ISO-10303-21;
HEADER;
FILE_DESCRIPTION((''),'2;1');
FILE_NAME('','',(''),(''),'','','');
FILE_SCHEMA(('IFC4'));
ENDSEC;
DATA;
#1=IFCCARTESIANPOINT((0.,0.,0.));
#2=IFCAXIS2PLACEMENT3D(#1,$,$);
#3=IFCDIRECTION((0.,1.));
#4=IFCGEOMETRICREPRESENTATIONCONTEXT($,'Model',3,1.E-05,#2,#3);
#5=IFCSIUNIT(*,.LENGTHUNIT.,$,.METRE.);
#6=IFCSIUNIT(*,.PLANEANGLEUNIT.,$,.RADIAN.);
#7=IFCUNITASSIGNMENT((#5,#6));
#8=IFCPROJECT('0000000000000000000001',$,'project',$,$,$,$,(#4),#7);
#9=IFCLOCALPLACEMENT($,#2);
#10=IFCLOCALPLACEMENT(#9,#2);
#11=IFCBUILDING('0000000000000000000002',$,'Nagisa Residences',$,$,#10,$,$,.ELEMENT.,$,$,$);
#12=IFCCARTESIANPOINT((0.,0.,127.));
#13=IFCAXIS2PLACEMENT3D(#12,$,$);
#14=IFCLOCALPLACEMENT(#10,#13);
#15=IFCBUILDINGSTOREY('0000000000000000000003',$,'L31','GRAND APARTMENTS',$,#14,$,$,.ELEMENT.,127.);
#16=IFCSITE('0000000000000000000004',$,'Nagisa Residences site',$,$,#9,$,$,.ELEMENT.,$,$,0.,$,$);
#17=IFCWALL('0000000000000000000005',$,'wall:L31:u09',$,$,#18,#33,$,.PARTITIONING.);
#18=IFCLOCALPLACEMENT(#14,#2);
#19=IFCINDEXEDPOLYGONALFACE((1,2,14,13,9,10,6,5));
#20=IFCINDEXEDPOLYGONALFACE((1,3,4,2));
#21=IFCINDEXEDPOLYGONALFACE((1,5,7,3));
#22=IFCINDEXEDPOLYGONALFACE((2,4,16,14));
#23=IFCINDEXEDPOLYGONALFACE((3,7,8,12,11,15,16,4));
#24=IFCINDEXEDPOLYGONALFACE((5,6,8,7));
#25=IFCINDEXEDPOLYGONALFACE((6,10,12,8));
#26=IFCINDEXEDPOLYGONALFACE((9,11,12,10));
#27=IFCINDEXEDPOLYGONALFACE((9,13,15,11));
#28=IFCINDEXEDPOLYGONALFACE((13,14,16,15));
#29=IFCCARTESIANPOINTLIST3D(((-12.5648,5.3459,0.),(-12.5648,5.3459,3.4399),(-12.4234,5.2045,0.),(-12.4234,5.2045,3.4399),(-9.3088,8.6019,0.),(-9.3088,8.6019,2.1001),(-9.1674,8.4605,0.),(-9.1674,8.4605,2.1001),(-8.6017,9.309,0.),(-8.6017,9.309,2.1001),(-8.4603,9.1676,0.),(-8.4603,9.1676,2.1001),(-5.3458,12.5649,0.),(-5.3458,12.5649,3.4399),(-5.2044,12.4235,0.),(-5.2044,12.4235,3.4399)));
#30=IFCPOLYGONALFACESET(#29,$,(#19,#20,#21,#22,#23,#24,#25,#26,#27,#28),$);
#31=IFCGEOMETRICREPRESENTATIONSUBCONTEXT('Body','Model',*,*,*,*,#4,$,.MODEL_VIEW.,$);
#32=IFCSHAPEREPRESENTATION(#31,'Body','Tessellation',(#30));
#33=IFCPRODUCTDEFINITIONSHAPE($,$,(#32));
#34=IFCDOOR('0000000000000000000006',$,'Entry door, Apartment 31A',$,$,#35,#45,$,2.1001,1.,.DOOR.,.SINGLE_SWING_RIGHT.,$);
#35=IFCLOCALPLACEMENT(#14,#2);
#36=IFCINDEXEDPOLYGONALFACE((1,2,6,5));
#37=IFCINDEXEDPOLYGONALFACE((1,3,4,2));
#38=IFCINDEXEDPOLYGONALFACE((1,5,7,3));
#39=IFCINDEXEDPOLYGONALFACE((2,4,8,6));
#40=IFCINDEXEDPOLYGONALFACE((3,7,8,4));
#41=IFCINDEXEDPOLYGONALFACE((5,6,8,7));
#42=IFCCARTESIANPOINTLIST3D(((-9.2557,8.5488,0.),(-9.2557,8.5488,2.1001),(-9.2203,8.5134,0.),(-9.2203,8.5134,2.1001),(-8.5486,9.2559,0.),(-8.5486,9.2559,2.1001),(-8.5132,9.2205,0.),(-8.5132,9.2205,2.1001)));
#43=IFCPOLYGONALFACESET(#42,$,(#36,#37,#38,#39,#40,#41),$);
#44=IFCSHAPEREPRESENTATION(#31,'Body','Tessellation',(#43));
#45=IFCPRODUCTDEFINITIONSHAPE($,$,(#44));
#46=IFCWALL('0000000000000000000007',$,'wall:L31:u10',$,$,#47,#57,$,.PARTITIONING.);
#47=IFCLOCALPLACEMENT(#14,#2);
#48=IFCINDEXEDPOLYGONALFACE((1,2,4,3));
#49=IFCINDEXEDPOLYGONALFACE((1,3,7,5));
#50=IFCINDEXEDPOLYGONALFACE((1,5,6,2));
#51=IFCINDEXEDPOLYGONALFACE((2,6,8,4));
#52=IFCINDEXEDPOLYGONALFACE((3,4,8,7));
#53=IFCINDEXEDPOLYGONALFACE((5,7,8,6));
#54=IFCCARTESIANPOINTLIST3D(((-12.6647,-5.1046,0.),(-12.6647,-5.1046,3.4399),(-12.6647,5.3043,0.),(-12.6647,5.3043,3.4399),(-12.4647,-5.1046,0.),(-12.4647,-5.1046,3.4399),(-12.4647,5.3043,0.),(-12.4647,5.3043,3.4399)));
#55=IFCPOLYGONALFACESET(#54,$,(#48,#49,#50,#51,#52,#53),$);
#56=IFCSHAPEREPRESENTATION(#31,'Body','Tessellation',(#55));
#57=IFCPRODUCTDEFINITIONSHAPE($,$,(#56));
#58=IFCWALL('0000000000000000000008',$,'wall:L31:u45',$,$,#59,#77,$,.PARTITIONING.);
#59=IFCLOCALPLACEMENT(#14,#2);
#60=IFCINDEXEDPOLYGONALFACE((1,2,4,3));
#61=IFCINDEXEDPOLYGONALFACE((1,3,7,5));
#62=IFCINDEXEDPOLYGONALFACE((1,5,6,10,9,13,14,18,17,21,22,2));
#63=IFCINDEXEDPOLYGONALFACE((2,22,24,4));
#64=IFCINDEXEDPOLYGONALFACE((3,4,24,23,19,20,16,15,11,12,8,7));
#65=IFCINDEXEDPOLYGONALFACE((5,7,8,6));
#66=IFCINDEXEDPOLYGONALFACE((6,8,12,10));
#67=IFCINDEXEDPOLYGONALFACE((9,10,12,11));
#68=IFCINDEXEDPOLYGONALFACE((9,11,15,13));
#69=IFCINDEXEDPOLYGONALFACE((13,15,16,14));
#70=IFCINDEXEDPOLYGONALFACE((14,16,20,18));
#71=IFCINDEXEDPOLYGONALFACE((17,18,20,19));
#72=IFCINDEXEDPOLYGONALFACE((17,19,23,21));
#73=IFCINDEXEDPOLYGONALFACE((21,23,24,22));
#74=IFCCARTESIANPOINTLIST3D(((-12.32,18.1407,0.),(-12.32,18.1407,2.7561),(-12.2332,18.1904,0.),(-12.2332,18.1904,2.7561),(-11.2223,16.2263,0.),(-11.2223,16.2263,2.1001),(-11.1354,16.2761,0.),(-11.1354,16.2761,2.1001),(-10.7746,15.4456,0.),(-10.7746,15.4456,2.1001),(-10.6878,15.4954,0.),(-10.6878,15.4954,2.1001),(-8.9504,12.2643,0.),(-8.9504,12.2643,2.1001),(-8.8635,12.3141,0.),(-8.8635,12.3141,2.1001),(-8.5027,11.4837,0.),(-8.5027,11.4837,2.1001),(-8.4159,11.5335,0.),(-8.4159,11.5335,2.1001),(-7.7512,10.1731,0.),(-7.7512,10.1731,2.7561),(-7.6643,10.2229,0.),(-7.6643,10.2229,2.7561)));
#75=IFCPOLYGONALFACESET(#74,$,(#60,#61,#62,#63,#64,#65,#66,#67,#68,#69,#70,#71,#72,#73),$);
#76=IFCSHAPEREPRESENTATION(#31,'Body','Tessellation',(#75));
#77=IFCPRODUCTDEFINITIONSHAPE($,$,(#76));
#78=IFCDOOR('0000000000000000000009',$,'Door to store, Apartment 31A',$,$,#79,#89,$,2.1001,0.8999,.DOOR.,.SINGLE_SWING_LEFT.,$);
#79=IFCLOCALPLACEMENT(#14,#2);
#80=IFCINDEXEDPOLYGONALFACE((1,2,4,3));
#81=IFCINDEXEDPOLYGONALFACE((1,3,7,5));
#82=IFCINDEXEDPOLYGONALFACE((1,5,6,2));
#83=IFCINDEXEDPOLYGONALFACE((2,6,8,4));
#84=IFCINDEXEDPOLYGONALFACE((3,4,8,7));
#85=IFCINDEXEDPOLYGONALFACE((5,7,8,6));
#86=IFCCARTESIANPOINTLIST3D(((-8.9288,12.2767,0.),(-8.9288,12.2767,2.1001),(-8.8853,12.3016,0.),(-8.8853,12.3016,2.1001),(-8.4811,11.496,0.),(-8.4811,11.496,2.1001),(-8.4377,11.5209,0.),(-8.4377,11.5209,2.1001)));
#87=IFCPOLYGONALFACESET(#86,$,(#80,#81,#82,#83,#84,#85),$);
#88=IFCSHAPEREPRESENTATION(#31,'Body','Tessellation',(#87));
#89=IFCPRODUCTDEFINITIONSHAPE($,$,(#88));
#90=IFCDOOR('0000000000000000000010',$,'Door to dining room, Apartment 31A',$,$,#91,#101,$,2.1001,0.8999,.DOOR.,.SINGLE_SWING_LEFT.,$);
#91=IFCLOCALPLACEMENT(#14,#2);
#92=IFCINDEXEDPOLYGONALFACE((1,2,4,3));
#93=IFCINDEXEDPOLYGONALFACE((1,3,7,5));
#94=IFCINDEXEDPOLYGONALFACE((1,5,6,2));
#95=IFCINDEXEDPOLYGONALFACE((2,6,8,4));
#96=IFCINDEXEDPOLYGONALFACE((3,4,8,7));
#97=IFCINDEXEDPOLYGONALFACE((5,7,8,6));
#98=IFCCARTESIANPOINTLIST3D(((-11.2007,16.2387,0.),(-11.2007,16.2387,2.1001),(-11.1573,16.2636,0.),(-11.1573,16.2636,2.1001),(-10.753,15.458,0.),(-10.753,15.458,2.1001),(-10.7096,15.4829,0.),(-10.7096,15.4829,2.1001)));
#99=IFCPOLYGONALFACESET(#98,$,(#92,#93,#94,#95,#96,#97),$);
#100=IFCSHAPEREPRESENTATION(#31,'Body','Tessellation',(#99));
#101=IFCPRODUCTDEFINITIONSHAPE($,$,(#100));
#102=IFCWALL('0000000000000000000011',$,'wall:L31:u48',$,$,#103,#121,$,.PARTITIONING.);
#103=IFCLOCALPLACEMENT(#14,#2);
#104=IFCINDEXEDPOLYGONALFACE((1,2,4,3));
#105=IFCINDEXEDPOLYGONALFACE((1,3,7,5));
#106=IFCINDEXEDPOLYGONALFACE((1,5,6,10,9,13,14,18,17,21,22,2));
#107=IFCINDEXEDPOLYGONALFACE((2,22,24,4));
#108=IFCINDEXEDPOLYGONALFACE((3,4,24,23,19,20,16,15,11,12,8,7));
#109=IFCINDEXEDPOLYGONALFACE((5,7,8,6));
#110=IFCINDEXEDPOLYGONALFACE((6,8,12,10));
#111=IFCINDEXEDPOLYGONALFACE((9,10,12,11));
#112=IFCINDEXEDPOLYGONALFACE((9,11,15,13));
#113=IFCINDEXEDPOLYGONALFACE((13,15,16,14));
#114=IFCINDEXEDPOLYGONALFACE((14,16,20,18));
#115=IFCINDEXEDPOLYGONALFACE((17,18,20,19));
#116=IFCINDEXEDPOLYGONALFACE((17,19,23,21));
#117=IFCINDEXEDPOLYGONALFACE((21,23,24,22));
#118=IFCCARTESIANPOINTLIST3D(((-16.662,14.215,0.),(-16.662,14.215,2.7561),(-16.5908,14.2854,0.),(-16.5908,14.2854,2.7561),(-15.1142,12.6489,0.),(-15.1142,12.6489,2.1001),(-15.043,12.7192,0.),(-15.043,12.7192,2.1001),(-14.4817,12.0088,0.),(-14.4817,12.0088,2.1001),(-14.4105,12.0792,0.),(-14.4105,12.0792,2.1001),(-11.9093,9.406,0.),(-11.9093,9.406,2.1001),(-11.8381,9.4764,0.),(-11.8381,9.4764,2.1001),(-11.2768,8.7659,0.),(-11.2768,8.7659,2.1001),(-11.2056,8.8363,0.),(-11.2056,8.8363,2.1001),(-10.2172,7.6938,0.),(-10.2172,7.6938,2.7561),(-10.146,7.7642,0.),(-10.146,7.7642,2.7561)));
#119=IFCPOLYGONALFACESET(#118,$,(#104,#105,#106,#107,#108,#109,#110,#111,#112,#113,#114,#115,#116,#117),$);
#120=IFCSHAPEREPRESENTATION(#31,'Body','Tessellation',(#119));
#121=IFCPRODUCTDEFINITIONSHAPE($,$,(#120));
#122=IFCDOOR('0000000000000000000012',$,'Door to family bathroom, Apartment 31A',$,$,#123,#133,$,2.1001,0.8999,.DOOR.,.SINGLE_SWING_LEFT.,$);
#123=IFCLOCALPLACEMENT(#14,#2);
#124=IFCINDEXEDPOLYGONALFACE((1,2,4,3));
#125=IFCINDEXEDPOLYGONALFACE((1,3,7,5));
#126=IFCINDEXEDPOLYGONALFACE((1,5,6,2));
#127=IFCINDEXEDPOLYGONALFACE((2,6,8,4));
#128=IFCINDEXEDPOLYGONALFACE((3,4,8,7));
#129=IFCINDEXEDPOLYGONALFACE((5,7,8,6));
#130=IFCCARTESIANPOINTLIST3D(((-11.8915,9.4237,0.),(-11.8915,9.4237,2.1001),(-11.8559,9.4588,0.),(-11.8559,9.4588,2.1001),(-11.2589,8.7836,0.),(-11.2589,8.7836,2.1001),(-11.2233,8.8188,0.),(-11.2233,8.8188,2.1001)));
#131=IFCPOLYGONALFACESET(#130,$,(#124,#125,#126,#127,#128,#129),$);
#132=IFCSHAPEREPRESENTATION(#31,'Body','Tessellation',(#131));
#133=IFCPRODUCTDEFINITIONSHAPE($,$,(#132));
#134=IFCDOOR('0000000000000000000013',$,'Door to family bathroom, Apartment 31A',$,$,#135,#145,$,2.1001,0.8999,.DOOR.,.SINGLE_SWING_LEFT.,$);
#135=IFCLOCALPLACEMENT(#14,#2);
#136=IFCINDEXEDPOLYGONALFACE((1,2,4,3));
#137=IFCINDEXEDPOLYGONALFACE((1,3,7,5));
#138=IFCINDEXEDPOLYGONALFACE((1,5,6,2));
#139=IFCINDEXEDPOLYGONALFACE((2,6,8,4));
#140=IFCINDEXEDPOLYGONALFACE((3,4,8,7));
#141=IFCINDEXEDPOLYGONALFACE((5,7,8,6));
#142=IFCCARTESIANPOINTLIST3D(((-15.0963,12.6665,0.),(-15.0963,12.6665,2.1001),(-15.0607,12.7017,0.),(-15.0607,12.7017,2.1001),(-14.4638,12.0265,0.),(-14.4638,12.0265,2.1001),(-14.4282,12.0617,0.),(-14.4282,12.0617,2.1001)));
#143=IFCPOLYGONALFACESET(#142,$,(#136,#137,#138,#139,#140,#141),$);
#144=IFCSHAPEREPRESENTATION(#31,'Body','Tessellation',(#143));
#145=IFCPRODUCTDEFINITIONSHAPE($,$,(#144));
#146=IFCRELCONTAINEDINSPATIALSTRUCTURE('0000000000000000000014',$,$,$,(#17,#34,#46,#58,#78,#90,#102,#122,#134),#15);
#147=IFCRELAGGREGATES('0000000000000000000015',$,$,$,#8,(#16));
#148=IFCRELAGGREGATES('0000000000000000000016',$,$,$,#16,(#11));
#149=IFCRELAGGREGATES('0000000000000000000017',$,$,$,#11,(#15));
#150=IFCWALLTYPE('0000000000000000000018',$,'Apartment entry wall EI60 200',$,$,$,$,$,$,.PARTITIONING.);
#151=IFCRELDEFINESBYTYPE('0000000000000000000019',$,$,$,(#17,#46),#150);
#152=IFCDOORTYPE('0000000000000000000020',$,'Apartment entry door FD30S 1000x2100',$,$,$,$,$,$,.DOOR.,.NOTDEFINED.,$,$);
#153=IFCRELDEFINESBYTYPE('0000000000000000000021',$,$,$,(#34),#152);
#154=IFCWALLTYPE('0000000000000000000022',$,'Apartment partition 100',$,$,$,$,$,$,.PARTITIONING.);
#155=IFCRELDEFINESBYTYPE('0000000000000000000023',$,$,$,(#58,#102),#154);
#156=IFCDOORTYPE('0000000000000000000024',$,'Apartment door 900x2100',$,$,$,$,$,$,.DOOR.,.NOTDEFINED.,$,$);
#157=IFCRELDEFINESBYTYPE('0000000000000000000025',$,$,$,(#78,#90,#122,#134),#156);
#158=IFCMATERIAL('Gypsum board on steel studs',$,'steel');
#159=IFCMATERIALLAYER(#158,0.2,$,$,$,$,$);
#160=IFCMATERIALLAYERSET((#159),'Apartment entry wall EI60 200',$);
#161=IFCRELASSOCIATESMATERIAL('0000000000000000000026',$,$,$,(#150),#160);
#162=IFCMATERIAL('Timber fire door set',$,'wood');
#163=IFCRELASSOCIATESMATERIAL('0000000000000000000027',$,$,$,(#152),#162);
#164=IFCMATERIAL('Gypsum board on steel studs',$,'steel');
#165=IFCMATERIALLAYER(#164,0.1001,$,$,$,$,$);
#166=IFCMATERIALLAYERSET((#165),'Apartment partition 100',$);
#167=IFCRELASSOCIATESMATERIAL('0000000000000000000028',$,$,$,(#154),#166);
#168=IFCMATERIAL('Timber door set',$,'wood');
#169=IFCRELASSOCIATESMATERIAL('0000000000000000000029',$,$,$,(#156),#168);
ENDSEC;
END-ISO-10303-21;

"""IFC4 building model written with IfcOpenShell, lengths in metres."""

from ifc_helpers import new_model, si_unit, direction, frame, frame_2d, origin, place, context, subcontext, project, spatial, rectangle, extrude, material, layer, layer_set, type_object, element, fill, save


model = new_model("IFC4")

# Units and contexts
model_context = context("Model", 3, precision=1e-05, world=origin(), true_north=direction((0.0, 1.0)))
body_context = subcontext(model_context, "Body", "Model", "MODEL_VIEW")
ifc_project = project(units=[si_unit("LENGTHUNIT", "METRE"), si_unit("PLANEANGLEUNIT", "RADIAN")], contexts=[model_context])

# Site, building, storey
site_placement = place(None, origin())
site = spatial("IfcSite", under=ifc_project, at=site_placement, Name="Nagisa Residences site", CompositionType="ELEMENT", RefElevation=0.0)
building_placement = place(site_placement, origin())
building = spatial("IfcBuilding", under=site, at=building_placement, Name="Nagisa Residences", CompositionType="ELEMENT")
storey_placement = place(building_placement, frame((0.0, 0.0, 127.0)))
storey = spatial("IfcBuildingStorey", under=building, at=storey_placement, Name="L31", Description="GRAND APARTMENTS", CompositionType="ELEMENT", Elevation=127.0)

# Wall, opening, door
ifc_material_1 = material(Name="Gypsum board on steel studs", Category="steel")
ifc_layer_1 = layer(ifc_material_1, 0.2)
ifc_layer_set_1 = layer_set([ifc_layer_1], Name="Apartment entry wall EI60 200")
wall_type_1 = type_object("IfcWallType", Name="Apartment entry wall EI60 200", PredefinedType="PARTITIONING", material=ifc_layer_set_1)
wall_1_placement = place(storey_placement, frame((-5.2751, 12.4941, 0.0), z_axis=(0.0, 0.0, 1.0), x_axis=(-0.707107, -0.707107, 0.0)))
wall_1 = element("IfcWall", 1, at=wall_1_placement, inside=storey, type_object=wall_type_1, Name="wall:L31:u09", PredefinedType="PARTITIONING", context=body_context, shape_type="SweptSolid", body=[
    extrude(rectangle(XDim=10.2092, YDim=0.2, at=frame_2d((5.1045, 0.0))), origin(), (0.0, 0.0, 1.0), 3.4399),
])
opening_1_placement = place(wall_1_placement, frame((4.6045, 0.0, 0.0)))
opening_1 = element("IfcOpeningElement", 2, at=opening_1_placement, cuts=wall_1, PredefinedType="OPENING", context=body_context, shape_type="SweptSolid", body=[
    extrude(rectangle(XDim=1.0, YDim=2.1001, at=frame_2d((0.5, 1.05))), frame((0.0, 0.1099, 0.0), z_axis=(0.0, -1.0, 0.0), x_axis=(1.0, 0.0, 0.0)), (0.0, 0.0, 1.0), 0.22),
])
ifc_material_2 = material(Name="Timber fire door set", Category="wood")
door_type_1 = type_object("IfcDoorType", Name="Apartment entry door FD30S 1000x2100", OperationType="NOTDEFINED", PredefinedType="DOOR", material=ifc_material_2)
door_1_placement = place(opening_1_placement, frame((1.0, 0.0, 0.0), x_axis=(-1.0, 0.0, 0.0)))
door_1 = element("IfcDoor", 3, at=door_1_placement, inside=storey, type_object=door_type_1, Name="Entry door, Apartment 31A", OperationType="SINGLE_SWING_RIGHT", OverallHeight=2.1001, OverallWidth=1.0, PredefinedType="DOOR", context=body_context, shape_type="SweptSolid", body=[
    extrude(rectangle(XDim=1.0, YDim=2.1001, at=frame_2d((0.5, 1.05))), frame((0.0, 0.0249, 0.0), z_axis=(0.0, -1.0, 0.0), x_axis=(1.0, 0.0, 0.0)), (0.0, 0.0, 1.0), 0.05),
])
fill(opening_1, door_1)

# Wall
wall_2_placement = place(storey_placement, frame((-12.5647, 5.3044, 0.0), z_axis=(0.0, 0.0, 1.0), x_axis=(0.0, -1.0, 0.0)))
element("IfcWall", 4, at=wall_2_placement, inside=storey, type_object=wall_type_1, Name="wall:L31:u10", PredefinedType="PARTITIONING", context=body_context, shape_type="SweptSolid", body=[
    extrude(rectangle(XDim=10.4089, YDim=0.2, at=frame_2d((5.2046, 0.0))), origin(), (0.0, 0.0, 1.0), 3.4399),
])

# Walls, openings, doors
ifc_material_3 = material(Name="Gypsum board on steel studs", Category="steel")
ifc_layer_2 = layer(ifc_material_3, 0.1001)
ifc_layer_set_2 = layer_set([ifc_layer_2], Name="Apartment partition 100")
wall_type_2 = type_object("IfcWallType", Name="Apartment partition 100", PredefinedType="PARTITIONING", material=ifc_layer_set_2)
wall_3_placement = place(storey_placement, frame((-7.7078, 10.198, 0.0), z_axis=(0.0, 0.0, 1.0), x_axis=(-0.497449, 0.867493, 0.0)))
wall_3 = element("IfcWall", 5, at=wall_3_placement, inside=storey, type_object=wall_type_2, Name="wall:L31:u45", PredefinedType="PARTITIONING", context=body_context, shape_type="SweptSolid", body=[
    extrude(rectangle(XDim=9.1846, YDim=0.1001, at=frame_2d((4.5923, 0.0))), origin(), (0.0, 0.0, 1.0), 2.7561),
])
opening_2_placement = place(wall_3_placement, frame((1.5107, 0.0, 0.0)))
opening_2 = element("IfcOpeningElement", 6, at=opening_2_placement, cuts=wall_3, PredefinedType="OPENING", context=body_context, shape_type="SweptSolid", body=[
    extrude(rectangle(XDim=0.8999, YDim=2.1001, at=frame_2d((0.45, 1.05))), frame((0.0, 0.0601, 0.0), z_axis=(0.0, -1.0, 0.0), x_axis=(1.0, 0.0, 0.0)), (0.0, 0.0, 1.0), 0.1201),
])
opening_3_placement = place(wall_3_placement, frame((6.0779, 0.0, 0.0)))
opening_3 = element("IfcOpeningElement", 7, at=opening_3_placement, cuts=wall_3, PredefinedType="OPENING", context=body_context, shape_type="SweptSolid", body=[
    extrude(rectangle(XDim=0.8999, YDim=2.1001, at=frame_2d((0.45, 1.05))), frame((0.0, 0.0601, 0.0), z_axis=(0.0, -1.0, 0.0), x_axis=(1.0, 0.0, 0.0)), (0.0, 0.0, 1.0), 0.1201),
])
ifc_material_4 = material(Name="Timber door set", Category="wood")
door_type_2 = type_object("IfcDoorType", Name="Apartment door 900x2100", OperationType="NOTDEFINED", PredefinedType="DOOR", material=ifc_material_4)
door_2_placement = place(opening_2_placement, frame((0.8999, 0.0, 0.0), x_axis=(-1.0, 0.0, 0.0)))
door_2 = element("IfcDoor", 8, at=door_2_placement, inside=storey, type_object=door_type_2, Name="Door to store, Apartment 31A", OperationType="SINGLE_SWING_LEFT", OverallHeight=2.1001, OverallWidth=0.8999, PredefinedType="DOOR", context=body_context, shape_type="SweptSolid", body=[
    extrude(rectangle(XDim=0.8999, YDim=2.1001, at=frame_2d((0.45, 1.05))), frame((0.0, 0.0249, 0.0), z_axis=(0.0, -1.0, 0.0), x_axis=(1.0, 0.0, 0.0)), (0.0, 0.0, 1.0), 0.05),
])
fill(opening_2, door_2)
door_3_placement = place(opening_3_placement, frame((0.8999, 0.0, 0.0), x_axis=(-1.0, 0.0, 0.0)))
door_3 = element("IfcDoor", 9, at=door_3_placement, inside=storey, type_object=door_type_2, Name="Door to dining room, Apartment 31A", OperationType="SINGLE_SWING_LEFT", OverallHeight=2.1001, OverallWidth=0.8999, PredefinedType="DOOR", context=body_context, shape_type="SweptSolid", body=[
    extrude(rectangle(XDim=0.8999, YDim=2.1001, at=frame_2d((0.45, 1.05))), frame((0.0, 0.0249, 0.0), z_axis=(0.0, -1.0, 0.0), x_axis=(1.0, 0.0, 0.0)), (0.0, 0.0, 1.0), 0.05),
])
fill(opening_3, door_3)
wall_4_placement = place(storey_placement, frame((-10.1816, 7.729, 0.0), z_axis=(0.0, 0.0, 1.0), x_axis=(-0.702927, 0.711262, 0.0)))
wall_4 = element("IfcWall", 10, at=wall_4_placement, inside=storey, type_object=wall_type_2, Name="wall:L31:u48", PredefinedType="PARTITIONING", context=body_context, shape_type="SweptSolid", body=[
    extrude(rectangle(XDim=9.1685, YDim=0.1001, at=frame_2d((4.5842, 0.0))), origin(), (0.0, 0.0, 1.0), 2.7561),
])
opening_4_placement = place(wall_4_placement, frame((1.5073, 0.0, 0.0)))
opening_4 = element("IfcOpeningElement", 11, at=opening_4_placement, cuts=wall_4, PredefinedType="OPENING", context=body_context, shape_type="SweptSolid", body=[
    extrude(rectangle(XDim=0.8999, YDim=2.1001, at=frame_2d((0.45, 1.05))), frame((0.0, 0.0601, 0.0), z_axis=(0.0, -1.0, 0.0), x_axis=(1.0, 0.0, 0.0)), (0.0, 0.0, 1.0), 0.1201),
])
opening_5_placement = place(wall_4_placement, frame((6.0667, 0.0, 0.0)))
opening_5 = element("IfcOpeningElement", 12, at=opening_5_placement, cuts=wall_4, PredefinedType="OPENING", context=body_context, shape_type="SweptSolid", body=[
    extrude(rectangle(XDim=0.8999, YDim=2.1001, at=frame_2d((0.45, 1.05))), frame((0.0, 0.0601, 0.0), z_axis=(0.0, -1.0, 0.0), x_axis=(1.0, 0.0, 0.0)), (0.0, 0.0, 1.0), 0.1201),
])
door_4_placement = place(opening_4_placement, origin())
door_4 = element("IfcDoor", 13, at=door_4_placement, inside=storey, type_object=door_type_2, Name="Door to family bathroom, Apartment 31A", OperationType="SINGLE_SWING_LEFT", OverallHeight=2.1001, OverallWidth=0.8999, PredefinedType="DOOR", context=body_context, shape_type="SweptSolid", body=[
    extrude(rectangle(XDim=0.8999, YDim=2.1001, at=frame_2d((0.45, 1.05))), frame((0.0, 0.0249, 0.0), z_axis=(0.0, -1.0, 0.0), x_axis=(1.0, 0.0, 0.0)), (0.0, 0.0, 1.0), 0.05),
])
fill(opening_4, door_4)
door_5_placement = place(opening_5_placement, origin())
door_5 = element("IfcDoor", 14, at=door_5_placement, inside=storey, type_object=door_type_2, Name="Door to family bathroom, Apartment 31A", OperationType="SINGLE_SWING_LEFT", OverallHeight=2.1001, OverallWidth=0.8999, PredefinedType="DOOR", context=body_context, shape_type="SweptSolid", body=[
    extrude(rectangle(XDim=0.8999, YDim=2.1001, at=frame_2d((0.45, 1.05))), frame((0.0, 0.0249, 0.0), z_axis=(0.0, -1.0, 0.0), x_axis=(1.0, 0.0, 0.0)), (0.0, 0.0, 1.0), 0.05),
])
fill(opening_5, door_5)

save(model, "model.ifc")
